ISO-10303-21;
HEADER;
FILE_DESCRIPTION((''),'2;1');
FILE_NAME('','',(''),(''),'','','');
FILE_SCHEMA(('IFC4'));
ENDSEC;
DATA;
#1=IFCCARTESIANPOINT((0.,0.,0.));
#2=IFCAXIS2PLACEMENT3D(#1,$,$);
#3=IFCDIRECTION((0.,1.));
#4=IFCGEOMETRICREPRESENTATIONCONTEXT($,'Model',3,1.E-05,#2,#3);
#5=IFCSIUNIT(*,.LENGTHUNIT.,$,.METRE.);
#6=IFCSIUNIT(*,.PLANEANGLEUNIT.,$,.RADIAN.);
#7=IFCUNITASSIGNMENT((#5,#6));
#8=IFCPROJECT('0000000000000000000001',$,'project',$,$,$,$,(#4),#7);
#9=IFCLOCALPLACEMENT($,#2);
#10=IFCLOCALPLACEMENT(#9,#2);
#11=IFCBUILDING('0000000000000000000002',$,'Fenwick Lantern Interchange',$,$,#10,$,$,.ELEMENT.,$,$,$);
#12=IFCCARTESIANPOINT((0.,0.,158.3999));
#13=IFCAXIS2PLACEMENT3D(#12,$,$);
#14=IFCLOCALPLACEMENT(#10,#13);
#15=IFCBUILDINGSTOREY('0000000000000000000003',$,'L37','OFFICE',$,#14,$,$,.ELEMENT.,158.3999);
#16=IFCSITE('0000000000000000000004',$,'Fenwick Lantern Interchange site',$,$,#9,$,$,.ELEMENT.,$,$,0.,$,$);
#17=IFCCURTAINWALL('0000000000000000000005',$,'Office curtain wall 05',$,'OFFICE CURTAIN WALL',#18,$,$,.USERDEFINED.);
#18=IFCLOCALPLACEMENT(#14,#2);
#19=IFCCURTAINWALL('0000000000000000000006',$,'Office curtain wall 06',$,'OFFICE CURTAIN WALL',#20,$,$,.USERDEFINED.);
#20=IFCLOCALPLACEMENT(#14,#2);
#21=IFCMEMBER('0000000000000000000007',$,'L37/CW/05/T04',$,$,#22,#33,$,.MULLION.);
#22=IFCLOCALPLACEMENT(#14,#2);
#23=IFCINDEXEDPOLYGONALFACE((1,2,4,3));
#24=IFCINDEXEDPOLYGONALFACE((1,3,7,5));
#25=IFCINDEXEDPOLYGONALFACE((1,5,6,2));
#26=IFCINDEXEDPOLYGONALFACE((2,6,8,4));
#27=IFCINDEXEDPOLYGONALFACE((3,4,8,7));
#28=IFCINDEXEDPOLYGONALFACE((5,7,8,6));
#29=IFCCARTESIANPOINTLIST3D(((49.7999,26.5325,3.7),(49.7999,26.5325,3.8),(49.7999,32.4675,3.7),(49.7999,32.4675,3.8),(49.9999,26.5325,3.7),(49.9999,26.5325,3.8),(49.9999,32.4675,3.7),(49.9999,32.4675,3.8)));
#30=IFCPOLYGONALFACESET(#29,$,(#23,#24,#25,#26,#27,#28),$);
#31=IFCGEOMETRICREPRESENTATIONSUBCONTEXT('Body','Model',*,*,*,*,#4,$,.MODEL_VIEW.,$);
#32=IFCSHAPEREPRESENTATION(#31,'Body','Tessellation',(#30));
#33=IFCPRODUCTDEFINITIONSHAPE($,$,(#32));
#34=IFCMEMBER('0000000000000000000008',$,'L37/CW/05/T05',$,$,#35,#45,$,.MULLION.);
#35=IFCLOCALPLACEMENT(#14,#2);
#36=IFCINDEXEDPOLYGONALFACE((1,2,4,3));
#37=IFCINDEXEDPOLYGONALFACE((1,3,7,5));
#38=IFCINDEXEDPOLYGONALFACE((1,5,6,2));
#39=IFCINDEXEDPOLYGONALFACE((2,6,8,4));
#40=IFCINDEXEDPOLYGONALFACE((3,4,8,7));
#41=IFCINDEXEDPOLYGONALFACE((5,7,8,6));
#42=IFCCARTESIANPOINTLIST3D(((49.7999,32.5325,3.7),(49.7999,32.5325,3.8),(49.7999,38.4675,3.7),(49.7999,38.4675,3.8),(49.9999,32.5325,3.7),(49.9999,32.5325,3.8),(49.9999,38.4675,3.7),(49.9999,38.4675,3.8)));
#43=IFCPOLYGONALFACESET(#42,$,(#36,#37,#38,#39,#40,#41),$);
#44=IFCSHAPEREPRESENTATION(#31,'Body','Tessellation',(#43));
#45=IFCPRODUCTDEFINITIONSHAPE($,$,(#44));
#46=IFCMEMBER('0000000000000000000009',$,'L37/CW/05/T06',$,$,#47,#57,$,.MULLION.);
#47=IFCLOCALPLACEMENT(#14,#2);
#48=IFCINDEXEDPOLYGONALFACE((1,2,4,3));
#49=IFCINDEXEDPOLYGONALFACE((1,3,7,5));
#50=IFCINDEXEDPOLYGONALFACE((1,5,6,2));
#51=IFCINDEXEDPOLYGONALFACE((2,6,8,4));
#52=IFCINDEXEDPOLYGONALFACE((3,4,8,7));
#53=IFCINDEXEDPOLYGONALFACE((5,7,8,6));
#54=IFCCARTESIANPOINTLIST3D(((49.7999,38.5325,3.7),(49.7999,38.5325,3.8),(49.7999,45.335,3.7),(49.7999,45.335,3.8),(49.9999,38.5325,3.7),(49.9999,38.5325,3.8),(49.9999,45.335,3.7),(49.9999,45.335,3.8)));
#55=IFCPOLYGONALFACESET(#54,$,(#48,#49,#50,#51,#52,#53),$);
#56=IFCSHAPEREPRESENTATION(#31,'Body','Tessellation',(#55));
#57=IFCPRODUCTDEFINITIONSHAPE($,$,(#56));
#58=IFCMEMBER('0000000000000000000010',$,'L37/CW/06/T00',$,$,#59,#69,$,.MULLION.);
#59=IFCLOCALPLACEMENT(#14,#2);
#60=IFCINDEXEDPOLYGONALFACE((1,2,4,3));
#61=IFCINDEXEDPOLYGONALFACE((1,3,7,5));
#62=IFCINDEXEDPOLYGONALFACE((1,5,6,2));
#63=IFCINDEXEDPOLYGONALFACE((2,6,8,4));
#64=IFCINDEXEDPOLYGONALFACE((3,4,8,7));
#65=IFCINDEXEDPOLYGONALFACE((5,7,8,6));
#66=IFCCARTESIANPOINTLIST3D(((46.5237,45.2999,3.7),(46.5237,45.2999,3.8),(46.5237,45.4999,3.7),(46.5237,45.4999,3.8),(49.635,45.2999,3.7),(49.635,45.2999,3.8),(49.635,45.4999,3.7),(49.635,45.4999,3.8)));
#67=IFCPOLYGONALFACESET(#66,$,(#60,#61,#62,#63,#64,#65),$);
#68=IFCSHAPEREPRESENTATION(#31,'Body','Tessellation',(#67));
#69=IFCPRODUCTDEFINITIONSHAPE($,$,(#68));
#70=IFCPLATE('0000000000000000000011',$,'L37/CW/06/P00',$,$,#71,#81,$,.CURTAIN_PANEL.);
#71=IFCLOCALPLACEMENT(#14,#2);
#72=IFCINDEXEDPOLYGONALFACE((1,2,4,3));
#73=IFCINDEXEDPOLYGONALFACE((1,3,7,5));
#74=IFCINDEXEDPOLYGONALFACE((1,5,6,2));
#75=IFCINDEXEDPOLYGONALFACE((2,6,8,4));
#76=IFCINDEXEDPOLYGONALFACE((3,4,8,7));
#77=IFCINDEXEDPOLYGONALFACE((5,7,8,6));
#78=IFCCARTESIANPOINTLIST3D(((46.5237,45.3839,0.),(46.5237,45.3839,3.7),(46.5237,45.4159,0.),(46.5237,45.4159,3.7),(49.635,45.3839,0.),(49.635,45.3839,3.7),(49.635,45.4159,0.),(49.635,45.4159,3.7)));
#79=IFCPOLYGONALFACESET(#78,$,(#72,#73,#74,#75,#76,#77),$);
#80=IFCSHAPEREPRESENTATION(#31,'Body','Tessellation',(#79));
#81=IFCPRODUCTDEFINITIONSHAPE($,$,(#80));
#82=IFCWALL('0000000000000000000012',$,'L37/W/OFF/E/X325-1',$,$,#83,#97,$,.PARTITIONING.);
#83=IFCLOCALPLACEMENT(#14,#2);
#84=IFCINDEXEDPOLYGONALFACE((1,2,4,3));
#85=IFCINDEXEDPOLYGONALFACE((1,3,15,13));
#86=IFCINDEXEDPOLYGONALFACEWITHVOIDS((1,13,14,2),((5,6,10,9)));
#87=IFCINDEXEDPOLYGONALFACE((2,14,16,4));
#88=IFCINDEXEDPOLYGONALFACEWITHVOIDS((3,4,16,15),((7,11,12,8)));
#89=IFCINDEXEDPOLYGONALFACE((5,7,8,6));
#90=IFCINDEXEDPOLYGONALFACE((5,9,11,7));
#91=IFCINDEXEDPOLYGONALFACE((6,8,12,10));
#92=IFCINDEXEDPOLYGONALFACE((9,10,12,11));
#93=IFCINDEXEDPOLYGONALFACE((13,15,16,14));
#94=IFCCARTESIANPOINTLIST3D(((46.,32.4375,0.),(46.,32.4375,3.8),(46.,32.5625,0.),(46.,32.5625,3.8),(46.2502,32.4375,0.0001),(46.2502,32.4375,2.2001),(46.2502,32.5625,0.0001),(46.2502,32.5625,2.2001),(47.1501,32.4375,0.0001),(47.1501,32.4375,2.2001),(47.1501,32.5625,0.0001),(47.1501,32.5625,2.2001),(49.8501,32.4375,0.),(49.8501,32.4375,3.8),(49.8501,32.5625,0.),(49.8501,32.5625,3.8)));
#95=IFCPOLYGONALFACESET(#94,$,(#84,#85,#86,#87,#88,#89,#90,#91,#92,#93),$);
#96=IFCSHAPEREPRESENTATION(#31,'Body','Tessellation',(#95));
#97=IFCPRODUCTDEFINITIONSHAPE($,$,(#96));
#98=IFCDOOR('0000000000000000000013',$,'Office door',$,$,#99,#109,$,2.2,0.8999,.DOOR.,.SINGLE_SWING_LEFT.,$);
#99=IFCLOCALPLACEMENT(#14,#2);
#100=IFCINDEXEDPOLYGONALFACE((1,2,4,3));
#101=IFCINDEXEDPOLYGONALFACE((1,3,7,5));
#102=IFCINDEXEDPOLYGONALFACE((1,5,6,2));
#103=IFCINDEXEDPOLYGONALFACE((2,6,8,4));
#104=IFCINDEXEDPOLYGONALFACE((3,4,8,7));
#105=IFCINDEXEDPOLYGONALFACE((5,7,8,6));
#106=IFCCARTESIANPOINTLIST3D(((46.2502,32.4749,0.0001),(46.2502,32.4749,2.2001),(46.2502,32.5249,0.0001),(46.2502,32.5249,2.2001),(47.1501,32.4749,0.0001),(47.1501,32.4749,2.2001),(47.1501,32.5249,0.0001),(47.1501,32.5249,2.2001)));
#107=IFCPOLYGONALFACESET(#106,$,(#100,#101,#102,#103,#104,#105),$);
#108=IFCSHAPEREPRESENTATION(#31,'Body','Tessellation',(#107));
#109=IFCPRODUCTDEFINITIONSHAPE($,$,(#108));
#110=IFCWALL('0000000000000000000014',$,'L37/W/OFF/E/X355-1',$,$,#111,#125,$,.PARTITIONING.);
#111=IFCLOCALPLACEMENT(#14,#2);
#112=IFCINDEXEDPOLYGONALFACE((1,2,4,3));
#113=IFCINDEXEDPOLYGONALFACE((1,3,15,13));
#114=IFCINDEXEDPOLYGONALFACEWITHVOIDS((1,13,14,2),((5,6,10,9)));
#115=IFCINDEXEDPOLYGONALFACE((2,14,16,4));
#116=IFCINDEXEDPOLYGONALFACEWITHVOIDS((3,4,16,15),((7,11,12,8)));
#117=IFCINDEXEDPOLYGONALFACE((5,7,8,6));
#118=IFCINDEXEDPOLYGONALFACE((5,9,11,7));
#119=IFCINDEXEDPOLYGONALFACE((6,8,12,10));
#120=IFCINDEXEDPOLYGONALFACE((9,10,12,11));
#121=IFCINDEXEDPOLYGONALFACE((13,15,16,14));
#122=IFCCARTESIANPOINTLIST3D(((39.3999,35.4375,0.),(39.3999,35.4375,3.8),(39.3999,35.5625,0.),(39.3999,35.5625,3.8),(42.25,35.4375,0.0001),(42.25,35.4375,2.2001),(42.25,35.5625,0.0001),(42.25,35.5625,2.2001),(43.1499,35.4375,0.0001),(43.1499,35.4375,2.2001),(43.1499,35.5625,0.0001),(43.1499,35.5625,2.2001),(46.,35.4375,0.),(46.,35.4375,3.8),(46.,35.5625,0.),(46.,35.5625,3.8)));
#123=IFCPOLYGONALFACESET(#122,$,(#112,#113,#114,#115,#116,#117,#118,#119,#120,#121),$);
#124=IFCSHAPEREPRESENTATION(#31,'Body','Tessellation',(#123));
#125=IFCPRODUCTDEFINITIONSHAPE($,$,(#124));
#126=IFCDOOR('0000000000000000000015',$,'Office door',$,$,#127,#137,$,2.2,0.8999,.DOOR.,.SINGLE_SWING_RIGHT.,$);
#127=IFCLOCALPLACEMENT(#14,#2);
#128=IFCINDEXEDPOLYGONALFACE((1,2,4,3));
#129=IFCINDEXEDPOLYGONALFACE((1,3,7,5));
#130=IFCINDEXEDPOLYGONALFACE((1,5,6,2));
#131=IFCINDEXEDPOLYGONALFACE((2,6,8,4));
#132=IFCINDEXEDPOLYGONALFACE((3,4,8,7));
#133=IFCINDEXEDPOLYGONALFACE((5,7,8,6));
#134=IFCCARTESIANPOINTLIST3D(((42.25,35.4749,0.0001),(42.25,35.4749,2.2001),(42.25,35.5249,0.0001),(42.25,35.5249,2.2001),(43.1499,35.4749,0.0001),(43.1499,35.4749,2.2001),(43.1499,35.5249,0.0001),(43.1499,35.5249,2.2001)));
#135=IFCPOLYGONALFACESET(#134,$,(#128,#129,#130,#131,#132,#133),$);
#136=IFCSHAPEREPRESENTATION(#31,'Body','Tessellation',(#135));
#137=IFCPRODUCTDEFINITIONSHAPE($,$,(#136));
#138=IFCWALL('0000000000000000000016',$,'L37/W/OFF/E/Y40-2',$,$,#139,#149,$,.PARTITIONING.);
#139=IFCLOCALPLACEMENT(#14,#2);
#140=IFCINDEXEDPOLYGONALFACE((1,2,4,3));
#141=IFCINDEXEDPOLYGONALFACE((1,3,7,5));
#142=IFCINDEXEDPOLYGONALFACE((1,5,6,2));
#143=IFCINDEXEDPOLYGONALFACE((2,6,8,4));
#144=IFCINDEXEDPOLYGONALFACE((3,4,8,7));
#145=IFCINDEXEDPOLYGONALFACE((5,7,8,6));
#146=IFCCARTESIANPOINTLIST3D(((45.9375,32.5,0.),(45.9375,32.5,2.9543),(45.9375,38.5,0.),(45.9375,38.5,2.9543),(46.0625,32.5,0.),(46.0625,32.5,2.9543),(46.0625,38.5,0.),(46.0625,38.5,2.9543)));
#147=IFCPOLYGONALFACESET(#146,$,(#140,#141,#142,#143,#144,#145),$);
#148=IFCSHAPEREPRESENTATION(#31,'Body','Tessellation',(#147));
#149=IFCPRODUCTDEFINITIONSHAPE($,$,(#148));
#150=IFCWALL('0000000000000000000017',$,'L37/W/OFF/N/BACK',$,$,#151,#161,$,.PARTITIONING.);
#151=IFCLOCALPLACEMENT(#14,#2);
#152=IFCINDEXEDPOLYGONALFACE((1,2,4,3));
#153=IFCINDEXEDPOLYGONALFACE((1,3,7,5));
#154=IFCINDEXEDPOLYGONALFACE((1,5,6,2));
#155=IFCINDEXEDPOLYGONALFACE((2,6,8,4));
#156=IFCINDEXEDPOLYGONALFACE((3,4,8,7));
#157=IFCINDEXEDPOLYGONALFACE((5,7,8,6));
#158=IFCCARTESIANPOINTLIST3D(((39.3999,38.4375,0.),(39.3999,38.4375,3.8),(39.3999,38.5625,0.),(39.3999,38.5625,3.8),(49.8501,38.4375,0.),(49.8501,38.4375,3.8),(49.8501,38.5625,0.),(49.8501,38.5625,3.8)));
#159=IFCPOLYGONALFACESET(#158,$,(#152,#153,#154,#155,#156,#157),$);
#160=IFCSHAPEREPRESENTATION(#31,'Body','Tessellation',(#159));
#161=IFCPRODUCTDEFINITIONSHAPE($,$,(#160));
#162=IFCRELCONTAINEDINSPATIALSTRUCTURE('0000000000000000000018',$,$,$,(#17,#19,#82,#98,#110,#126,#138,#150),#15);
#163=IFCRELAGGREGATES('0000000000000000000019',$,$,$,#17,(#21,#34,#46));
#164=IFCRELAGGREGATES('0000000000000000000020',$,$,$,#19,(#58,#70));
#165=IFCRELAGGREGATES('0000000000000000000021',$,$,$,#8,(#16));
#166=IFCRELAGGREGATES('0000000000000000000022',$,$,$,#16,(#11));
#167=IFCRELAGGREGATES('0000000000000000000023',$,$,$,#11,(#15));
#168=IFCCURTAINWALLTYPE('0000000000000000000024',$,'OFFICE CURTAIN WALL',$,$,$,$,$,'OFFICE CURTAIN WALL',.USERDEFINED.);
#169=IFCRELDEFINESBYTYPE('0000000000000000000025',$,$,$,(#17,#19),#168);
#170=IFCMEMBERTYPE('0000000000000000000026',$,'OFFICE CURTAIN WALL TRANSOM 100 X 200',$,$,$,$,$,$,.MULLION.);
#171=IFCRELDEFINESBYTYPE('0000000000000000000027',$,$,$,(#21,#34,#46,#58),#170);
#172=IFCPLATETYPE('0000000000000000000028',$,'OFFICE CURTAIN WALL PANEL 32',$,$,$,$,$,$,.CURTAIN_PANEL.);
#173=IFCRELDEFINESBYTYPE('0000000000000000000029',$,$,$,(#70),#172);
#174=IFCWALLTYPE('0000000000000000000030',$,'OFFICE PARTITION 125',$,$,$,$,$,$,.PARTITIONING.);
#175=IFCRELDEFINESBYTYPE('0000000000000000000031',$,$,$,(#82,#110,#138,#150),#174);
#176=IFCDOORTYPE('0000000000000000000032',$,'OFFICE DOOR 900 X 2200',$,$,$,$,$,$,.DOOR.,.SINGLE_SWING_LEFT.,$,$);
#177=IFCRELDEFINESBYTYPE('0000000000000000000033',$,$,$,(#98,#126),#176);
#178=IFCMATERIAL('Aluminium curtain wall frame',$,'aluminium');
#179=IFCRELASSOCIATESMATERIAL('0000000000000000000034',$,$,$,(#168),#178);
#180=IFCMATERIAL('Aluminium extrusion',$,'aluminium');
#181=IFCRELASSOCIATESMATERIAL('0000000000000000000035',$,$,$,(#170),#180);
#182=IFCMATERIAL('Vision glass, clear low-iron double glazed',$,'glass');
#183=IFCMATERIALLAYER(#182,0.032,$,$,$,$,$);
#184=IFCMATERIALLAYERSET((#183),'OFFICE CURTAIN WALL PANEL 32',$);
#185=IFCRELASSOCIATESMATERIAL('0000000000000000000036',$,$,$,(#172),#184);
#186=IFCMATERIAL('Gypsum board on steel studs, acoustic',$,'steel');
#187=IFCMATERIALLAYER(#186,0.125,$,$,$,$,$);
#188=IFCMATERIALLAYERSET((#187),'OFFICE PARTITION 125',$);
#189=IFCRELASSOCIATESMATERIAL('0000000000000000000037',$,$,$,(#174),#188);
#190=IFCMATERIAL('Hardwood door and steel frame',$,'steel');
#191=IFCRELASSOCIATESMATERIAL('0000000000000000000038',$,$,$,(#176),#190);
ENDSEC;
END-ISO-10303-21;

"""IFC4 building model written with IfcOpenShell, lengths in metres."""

from ifc_helpers import new_model, si_unit, direction, frame, frame_2d, origin, origin_2d, place, context, subcontext, project, spatial, rectangle, extrude, material, layer, layer_set, material_profile, profile_set, type_object, element, fill, aggregate, save


model = new_model("IFC4")

# Units and contexts
model_context = context("Model", 3, precision=1e-05, world=origin(), true_north=direction((0.0, 1.0)))
body_context = subcontext(model_context, "Body", "Model", "MODEL_VIEW")
ifc_project = project(units=[si_unit("LENGTHUNIT", "METRE"), si_unit("PLANEANGLEUNIT", "RADIAN")], contexts=[model_context])

# Site, building, storey
site_placement = place(None, origin())
site = spatial("IfcSite", under=ifc_project, at=site_placement, Name="Fenwick Lantern Interchange site", CompositionType="ELEMENT", RefElevation=0.0)
building_placement = place(site_placement, origin())
building = spatial("IfcBuilding", under=site, at=building_placement, Name="Fenwick Lantern Interchange", CompositionType="ELEMENT")
storey_placement = place(building_placement, frame((0.0, 0.0, 158.3999)))
storey = spatial("IfcBuildingStorey", under=building, at=storey_placement, Name="L37", Description="OFFICE", CompositionType="ELEMENT", Elevation=158.3999)

# Curtain walls
ifc_material_1 = material(Name="Aluminium curtain wall frame", Category="aluminium")
curtain_wall_type = type_object("IfcCurtainWallType", Name="OFFICE CURTAIN WALL", ElementType="OFFICE CURTAIN WALL", PredefinedType="USERDEFINED", material=ifc_material_1)
curtain_wall_1_placement = place(storey_placement, origin())
curtain_wall_1 = element("IfcCurtainWall", 1, at=curtain_wall_1_placement, inside=storey, type_object=curtain_wall_type, Name="Office curtain wall 05", ObjectType="OFFICE CURTAIN WALL", PredefinedType="USERDEFINED")
ifc_material_2 = material(Name="Aluminium extrusion", Category="aluminium")
curtain_wall_2_placement = place(storey_placement, origin())
curtain_wall_2 = element("IfcCurtainWall", 2, at=curtain_wall_2_placement, inside=storey, type_object=curtain_wall_type, Name="Office curtain wall 06", ObjectType="OFFICE CURTAIN WALL", PredefinedType="USERDEFINED")

# Members
ifc_material_profile_1 = material_profile(ifc_material_2, rectangle(XDim=0.2, YDim=0.1001, at=origin_2d()), Name="OFFICE CURTAIN WALL TRANSOM 100 X 200")
ifc_profile_set_1 = profile_set([ifc_material_profile_1], Name="Aluminium extrusion")
member_type_1 = type_object("IfcMemberType", Name="OFFICE CURTAIN WALL TRANSOM 100 X 200", PredefinedType="MULLION", material=ifc_profile_set_1)
member_1_placement = place(storey_placement, frame((49.8999, 26.5325, 3.75), z_axis=(0.0, 1.0, 0.0), x_axis=(-1.0, 0.0, 0.0)))
member_1 = element("IfcMember", 3, at=member_1_placement, type_object=member_type_1, Name="L37/CW/05/T04", PredefinedType="MULLION", context=body_context, shape_type="SweptSolid", body=[
    extrude(rectangle(XDim=0.2, YDim=0.1001, at=origin_2d()), origin(), (0.0, 0.0, 1.0), 5.9351),
])
member_2_placement = place(storey_placement, frame((49.8999, 32.5325, 3.75), z_axis=(0.0, 1.0, 0.0), x_axis=(-1.0, 0.0, 0.0)))
member_2 = element("IfcMember", 4, at=member_2_placement, type_object=member_type_1, Name="L37/CW/05/T05", PredefinedType="MULLION", context=body_context, shape_type="SweptSolid", body=[
    extrude(rectangle(XDim=0.2, YDim=0.1001, at=origin_2d()), origin(), (0.0, 0.0, 1.0), 5.9351),
])
member_3_placement = place(storey_placement, frame((49.8999, 38.5325, 3.75), z_axis=(0.0, 1.0, 0.0), x_axis=(-1.0, 0.0, 0.0)))
member_3 = element("IfcMember", 5, at=member_3_placement, type_object=member_type_1, Name="L37/CW/05/T06", PredefinedType="MULLION", context=body_context, shape_type="SweptSolid", body=[
    extrude(rectangle(XDim=0.2, YDim=0.1001, at=origin_2d()), origin(), (0.0, 0.0, 1.0), 6.8025),
])
aggregate(curtain_wall_1, [member_1, member_2, member_3])
member_4_placement = place(storey_placement, frame((49.635, 45.3999, 3.75), z_axis=(-1.0, 0.0, 0.0), x_axis=(0.0, -1.0, 0.0)))
member_4 = element("IfcMember", 6, at=member_4_placement, type_object=member_type_1, Name="L37/CW/06/T00", PredefinedType="MULLION", context=body_context, shape_type="SweptSolid", body=[
    extrude(rectangle(XDim=0.2, YDim=0.1001, at=origin_2d()), origin(), (0.0, 0.0, 1.0), 3.1113),
])

# Plate
ifc_material_3 = material(Name="Vision glass, clear low-iron double glazed", Category="glass")
ifc_layer_1 = layer(ifc_material_3, 0.032)
ifc_layer_set_1 = layer_set([ifc_layer_1], Name="OFFICE CURTAIN WALL PANEL 32")
plate_type = type_object("IfcPlateType", Name="OFFICE CURTAIN WALL PANEL 32", PredefinedType="CURTAIN_PANEL", material=ifc_layer_set_1)
plate_placement = place(storey_placement, frame((48.0793, 45.3999, 0.0), z_axis=(0.0, 0.0, 1.0), x_axis=(-1.0, 0.0, 0.0)))
plate = element("IfcPlate", 7, at=plate_placement, type_object=plate_type, Name="L37/CW/06/P00", PredefinedType="CURTAIN_PANEL", context=body_context, shape_type="SweptSolid", body=[
    extrude(rectangle(XDim=3.1113, YDim=0.032, at=origin_2d()), origin(), (0.0, 0.0, 1.0), 3.7),
])
aggregate(curtain_wall_2, [member_4, plate])

# Walls, openings, doors
ifc_material_4 = material(Name="Gypsum board on steel studs, acoustic", Category="steel")
ifc_layer_2 = layer(ifc_material_4, 0.125)
ifc_layer_set_2 = layer_set([ifc_layer_2], Name="OFFICE PARTITION 125")
wall_type = type_object("IfcWallType", Name="OFFICE PARTITION 125", PredefinedType="PARTITIONING", material=ifc_layer_set_2)
wall_1_placement = place(storey_placement, frame((49.8501, 32.5, 0.0), z_axis=(0.0, 0.0, 1.0), x_axis=(-1.0, 0.0, 0.0)))
wall_1 = element("IfcWall", 8, at=wall_1_placement, inside=storey, type_object=wall_type, Name="L37/W/OFF/E/X325-1", PredefinedType="PARTITIONING", context=body_context, shape_type="SweptSolid", body=[
    extrude(rectangle(XDim=3.8501, YDim=0.125, at=frame_2d((1.925, 0.0))), origin(), (0.0, 0.0, 1.0), 3.8),
])
opening_1_placement = place(wall_1_placement, frame((2.7, 0.0, 0.0)))
opening_1 = element("IfcOpeningElement", 9, at=opening_1_placement, cuts=wall_1, PredefinedType="OPENING", context=body_context, shape_type="SweptSolid", body=[
    extrude(rectangle(XDim=0.8999, YDim=2.2, at=frame_2d((0.45, 1.1001))), frame((0.0, 0.0725, 0.0), z_axis=(0.0, -1.0, 0.0), x_axis=(1.0, 0.0, 0.0)), (0.0, 0.0, 1.0), 0.145),
])
ifc_material_5 = material(Name="Hardwood door and steel frame", Category="steel")
door_type = type_object("IfcDoorType", Name="OFFICE DOOR 900 X 2200", OperationType="SINGLE_SWING_LEFT", PredefinedType="DOOR", material=ifc_material_5)
door_1_placement = place(opening_1_placement, frame((0.8999, 0.0, 0.0), z_axis=(0.0, 0.0, 1.0), x_axis=(-1.0, 0.0, 0.0)))
door_1 = element("IfcDoor", 10, at=door_1_placement, inside=storey, type_object=door_type, Name="Office door", OperationType="SINGLE_SWING_LEFT", OverallHeight=2.2, OverallWidth=0.8999, PredefinedType="DOOR", context=body_context, shape_type="SweptSolid", body=[
    extrude(rectangle(XDim=0.8999, YDim=2.2, at=frame_2d((0.45, 1.1001))), frame((0.0, 0.0249, 0.0), z_axis=(0.0, -1.0, 0.0), x_axis=(1.0, 0.0, 0.0)), (0.0, 0.0, 1.0), 0.05),
])
fill(opening_1, door_1)
wall_2_placement = place(storey_placement, frame((46.0, 35.5, 0.0), z_axis=(0.0, 0.0, 1.0), x_axis=(-1.0, 0.0, 0.0)))
wall_2 = element("IfcWall", 11, at=wall_2_placement, inside=storey, type_object=wall_type, Name="L37/W/OFF/E/X355-1", PredefinedType="PARTITIONING", context=body_context, shape_type="SweptSolid", body=[
    extrude(rectangle(XDim=6.6001, YDim=0.125, at=frame_2d((3.3, 0.0))), origin(), (0.0, 0.0, 1.0), 3.8),
])
opening_2_placement = place(wall_2_placement, frame((2.8501, 0.0, 0.0)))
opening_2 = element("IfcOpeningElement", 12, at=opening_2_placement, cuts=wall_2, PredefinedType="OPENING", context=body_context, shape_type="SweptSolid", body=[
    extrude(rectangle(XDim=0.8999, YDim=2.2, at=frame_2d((0.45, 1.1001))), frame((0.0, 0.0725, 0.0), z_axis=(0.0, -1.0, 0.0), x_axis=(1.0, 0.0, 0.0)), (0.0, 0.0, 1.0), 0.145),
])
door_2_placement = place(opening_2_placement, frame((0.8999, 0.0, 0.0), z_axis=(0.0, 0.0, 1.0), x_axis=(-1.0, 0.0, 0.0)))
door_2 = element("IfcDoor", 13, at=door_2_placement, inside=storey, type_object=door_type, Name="Office door", OperationType="SINGLE_SWING_RIGHT", OverallHeight=2.2, OverallWidth=0.8999, PredefinedType="DOOR", context=body_context, shape_type="SweptSolid", body=[
    extrude(rectangle(XDim=0.8999, YDim=2.2, at=frame_2d((0.45, 1.1001))), frame((0.0, 0.0249, 0.0), z_axis=(0.0, -1.0, 0.0), x_axis=(1.0, 0.0, 0.0)), (0.0, 0.0, 1.0), 0.05),
])
fill(opening_2, door_2)

# Walls
wall_3_placement = place(storey_placement, frame((46.0, 32.5, 0.0), z_axis=(0.0, 0.0, 1.0), x_axis=(0.0, 1.0, 0.0)))
element("IfcWall", 14, at=wall_3_placement, inside=storey, type_object=wall_type, Name="L37/W/OFF/E/Y40-2", PredefinedType="PARTITIONING", context=body_context, shape_type="SweptSolid", body=[
    extrude(rectangle(XDim=6.0, YDim=0.125, at=frame_2d((3.0, 0.0))), origin(), (0.0, 0.0, 1.0), 2.9543),
])
wall_4_placement = place(storey_placement, frame((49.8501, 38.5, 0.0), z_axis=(0.0, 0.0, 1.0), x_axis=(-1.0, 0.0, 0.0)))
element("IfcWall", 15, at=wall_4_placement, inside=storey, type_object=wall_type, Name="L37/W/OFF/N/BACK", PredefinedType="PARTITIONING", context=body_context, shape_type="SweptSolid", body=[
    extrude(rectangle(XDim=10.4502, YDim=0.125, at=frame_2d((5.2251, 0.0))), origin(), (0.0, 0.0, 1.0), 3.8),
])

save(model, "model.ifc")
